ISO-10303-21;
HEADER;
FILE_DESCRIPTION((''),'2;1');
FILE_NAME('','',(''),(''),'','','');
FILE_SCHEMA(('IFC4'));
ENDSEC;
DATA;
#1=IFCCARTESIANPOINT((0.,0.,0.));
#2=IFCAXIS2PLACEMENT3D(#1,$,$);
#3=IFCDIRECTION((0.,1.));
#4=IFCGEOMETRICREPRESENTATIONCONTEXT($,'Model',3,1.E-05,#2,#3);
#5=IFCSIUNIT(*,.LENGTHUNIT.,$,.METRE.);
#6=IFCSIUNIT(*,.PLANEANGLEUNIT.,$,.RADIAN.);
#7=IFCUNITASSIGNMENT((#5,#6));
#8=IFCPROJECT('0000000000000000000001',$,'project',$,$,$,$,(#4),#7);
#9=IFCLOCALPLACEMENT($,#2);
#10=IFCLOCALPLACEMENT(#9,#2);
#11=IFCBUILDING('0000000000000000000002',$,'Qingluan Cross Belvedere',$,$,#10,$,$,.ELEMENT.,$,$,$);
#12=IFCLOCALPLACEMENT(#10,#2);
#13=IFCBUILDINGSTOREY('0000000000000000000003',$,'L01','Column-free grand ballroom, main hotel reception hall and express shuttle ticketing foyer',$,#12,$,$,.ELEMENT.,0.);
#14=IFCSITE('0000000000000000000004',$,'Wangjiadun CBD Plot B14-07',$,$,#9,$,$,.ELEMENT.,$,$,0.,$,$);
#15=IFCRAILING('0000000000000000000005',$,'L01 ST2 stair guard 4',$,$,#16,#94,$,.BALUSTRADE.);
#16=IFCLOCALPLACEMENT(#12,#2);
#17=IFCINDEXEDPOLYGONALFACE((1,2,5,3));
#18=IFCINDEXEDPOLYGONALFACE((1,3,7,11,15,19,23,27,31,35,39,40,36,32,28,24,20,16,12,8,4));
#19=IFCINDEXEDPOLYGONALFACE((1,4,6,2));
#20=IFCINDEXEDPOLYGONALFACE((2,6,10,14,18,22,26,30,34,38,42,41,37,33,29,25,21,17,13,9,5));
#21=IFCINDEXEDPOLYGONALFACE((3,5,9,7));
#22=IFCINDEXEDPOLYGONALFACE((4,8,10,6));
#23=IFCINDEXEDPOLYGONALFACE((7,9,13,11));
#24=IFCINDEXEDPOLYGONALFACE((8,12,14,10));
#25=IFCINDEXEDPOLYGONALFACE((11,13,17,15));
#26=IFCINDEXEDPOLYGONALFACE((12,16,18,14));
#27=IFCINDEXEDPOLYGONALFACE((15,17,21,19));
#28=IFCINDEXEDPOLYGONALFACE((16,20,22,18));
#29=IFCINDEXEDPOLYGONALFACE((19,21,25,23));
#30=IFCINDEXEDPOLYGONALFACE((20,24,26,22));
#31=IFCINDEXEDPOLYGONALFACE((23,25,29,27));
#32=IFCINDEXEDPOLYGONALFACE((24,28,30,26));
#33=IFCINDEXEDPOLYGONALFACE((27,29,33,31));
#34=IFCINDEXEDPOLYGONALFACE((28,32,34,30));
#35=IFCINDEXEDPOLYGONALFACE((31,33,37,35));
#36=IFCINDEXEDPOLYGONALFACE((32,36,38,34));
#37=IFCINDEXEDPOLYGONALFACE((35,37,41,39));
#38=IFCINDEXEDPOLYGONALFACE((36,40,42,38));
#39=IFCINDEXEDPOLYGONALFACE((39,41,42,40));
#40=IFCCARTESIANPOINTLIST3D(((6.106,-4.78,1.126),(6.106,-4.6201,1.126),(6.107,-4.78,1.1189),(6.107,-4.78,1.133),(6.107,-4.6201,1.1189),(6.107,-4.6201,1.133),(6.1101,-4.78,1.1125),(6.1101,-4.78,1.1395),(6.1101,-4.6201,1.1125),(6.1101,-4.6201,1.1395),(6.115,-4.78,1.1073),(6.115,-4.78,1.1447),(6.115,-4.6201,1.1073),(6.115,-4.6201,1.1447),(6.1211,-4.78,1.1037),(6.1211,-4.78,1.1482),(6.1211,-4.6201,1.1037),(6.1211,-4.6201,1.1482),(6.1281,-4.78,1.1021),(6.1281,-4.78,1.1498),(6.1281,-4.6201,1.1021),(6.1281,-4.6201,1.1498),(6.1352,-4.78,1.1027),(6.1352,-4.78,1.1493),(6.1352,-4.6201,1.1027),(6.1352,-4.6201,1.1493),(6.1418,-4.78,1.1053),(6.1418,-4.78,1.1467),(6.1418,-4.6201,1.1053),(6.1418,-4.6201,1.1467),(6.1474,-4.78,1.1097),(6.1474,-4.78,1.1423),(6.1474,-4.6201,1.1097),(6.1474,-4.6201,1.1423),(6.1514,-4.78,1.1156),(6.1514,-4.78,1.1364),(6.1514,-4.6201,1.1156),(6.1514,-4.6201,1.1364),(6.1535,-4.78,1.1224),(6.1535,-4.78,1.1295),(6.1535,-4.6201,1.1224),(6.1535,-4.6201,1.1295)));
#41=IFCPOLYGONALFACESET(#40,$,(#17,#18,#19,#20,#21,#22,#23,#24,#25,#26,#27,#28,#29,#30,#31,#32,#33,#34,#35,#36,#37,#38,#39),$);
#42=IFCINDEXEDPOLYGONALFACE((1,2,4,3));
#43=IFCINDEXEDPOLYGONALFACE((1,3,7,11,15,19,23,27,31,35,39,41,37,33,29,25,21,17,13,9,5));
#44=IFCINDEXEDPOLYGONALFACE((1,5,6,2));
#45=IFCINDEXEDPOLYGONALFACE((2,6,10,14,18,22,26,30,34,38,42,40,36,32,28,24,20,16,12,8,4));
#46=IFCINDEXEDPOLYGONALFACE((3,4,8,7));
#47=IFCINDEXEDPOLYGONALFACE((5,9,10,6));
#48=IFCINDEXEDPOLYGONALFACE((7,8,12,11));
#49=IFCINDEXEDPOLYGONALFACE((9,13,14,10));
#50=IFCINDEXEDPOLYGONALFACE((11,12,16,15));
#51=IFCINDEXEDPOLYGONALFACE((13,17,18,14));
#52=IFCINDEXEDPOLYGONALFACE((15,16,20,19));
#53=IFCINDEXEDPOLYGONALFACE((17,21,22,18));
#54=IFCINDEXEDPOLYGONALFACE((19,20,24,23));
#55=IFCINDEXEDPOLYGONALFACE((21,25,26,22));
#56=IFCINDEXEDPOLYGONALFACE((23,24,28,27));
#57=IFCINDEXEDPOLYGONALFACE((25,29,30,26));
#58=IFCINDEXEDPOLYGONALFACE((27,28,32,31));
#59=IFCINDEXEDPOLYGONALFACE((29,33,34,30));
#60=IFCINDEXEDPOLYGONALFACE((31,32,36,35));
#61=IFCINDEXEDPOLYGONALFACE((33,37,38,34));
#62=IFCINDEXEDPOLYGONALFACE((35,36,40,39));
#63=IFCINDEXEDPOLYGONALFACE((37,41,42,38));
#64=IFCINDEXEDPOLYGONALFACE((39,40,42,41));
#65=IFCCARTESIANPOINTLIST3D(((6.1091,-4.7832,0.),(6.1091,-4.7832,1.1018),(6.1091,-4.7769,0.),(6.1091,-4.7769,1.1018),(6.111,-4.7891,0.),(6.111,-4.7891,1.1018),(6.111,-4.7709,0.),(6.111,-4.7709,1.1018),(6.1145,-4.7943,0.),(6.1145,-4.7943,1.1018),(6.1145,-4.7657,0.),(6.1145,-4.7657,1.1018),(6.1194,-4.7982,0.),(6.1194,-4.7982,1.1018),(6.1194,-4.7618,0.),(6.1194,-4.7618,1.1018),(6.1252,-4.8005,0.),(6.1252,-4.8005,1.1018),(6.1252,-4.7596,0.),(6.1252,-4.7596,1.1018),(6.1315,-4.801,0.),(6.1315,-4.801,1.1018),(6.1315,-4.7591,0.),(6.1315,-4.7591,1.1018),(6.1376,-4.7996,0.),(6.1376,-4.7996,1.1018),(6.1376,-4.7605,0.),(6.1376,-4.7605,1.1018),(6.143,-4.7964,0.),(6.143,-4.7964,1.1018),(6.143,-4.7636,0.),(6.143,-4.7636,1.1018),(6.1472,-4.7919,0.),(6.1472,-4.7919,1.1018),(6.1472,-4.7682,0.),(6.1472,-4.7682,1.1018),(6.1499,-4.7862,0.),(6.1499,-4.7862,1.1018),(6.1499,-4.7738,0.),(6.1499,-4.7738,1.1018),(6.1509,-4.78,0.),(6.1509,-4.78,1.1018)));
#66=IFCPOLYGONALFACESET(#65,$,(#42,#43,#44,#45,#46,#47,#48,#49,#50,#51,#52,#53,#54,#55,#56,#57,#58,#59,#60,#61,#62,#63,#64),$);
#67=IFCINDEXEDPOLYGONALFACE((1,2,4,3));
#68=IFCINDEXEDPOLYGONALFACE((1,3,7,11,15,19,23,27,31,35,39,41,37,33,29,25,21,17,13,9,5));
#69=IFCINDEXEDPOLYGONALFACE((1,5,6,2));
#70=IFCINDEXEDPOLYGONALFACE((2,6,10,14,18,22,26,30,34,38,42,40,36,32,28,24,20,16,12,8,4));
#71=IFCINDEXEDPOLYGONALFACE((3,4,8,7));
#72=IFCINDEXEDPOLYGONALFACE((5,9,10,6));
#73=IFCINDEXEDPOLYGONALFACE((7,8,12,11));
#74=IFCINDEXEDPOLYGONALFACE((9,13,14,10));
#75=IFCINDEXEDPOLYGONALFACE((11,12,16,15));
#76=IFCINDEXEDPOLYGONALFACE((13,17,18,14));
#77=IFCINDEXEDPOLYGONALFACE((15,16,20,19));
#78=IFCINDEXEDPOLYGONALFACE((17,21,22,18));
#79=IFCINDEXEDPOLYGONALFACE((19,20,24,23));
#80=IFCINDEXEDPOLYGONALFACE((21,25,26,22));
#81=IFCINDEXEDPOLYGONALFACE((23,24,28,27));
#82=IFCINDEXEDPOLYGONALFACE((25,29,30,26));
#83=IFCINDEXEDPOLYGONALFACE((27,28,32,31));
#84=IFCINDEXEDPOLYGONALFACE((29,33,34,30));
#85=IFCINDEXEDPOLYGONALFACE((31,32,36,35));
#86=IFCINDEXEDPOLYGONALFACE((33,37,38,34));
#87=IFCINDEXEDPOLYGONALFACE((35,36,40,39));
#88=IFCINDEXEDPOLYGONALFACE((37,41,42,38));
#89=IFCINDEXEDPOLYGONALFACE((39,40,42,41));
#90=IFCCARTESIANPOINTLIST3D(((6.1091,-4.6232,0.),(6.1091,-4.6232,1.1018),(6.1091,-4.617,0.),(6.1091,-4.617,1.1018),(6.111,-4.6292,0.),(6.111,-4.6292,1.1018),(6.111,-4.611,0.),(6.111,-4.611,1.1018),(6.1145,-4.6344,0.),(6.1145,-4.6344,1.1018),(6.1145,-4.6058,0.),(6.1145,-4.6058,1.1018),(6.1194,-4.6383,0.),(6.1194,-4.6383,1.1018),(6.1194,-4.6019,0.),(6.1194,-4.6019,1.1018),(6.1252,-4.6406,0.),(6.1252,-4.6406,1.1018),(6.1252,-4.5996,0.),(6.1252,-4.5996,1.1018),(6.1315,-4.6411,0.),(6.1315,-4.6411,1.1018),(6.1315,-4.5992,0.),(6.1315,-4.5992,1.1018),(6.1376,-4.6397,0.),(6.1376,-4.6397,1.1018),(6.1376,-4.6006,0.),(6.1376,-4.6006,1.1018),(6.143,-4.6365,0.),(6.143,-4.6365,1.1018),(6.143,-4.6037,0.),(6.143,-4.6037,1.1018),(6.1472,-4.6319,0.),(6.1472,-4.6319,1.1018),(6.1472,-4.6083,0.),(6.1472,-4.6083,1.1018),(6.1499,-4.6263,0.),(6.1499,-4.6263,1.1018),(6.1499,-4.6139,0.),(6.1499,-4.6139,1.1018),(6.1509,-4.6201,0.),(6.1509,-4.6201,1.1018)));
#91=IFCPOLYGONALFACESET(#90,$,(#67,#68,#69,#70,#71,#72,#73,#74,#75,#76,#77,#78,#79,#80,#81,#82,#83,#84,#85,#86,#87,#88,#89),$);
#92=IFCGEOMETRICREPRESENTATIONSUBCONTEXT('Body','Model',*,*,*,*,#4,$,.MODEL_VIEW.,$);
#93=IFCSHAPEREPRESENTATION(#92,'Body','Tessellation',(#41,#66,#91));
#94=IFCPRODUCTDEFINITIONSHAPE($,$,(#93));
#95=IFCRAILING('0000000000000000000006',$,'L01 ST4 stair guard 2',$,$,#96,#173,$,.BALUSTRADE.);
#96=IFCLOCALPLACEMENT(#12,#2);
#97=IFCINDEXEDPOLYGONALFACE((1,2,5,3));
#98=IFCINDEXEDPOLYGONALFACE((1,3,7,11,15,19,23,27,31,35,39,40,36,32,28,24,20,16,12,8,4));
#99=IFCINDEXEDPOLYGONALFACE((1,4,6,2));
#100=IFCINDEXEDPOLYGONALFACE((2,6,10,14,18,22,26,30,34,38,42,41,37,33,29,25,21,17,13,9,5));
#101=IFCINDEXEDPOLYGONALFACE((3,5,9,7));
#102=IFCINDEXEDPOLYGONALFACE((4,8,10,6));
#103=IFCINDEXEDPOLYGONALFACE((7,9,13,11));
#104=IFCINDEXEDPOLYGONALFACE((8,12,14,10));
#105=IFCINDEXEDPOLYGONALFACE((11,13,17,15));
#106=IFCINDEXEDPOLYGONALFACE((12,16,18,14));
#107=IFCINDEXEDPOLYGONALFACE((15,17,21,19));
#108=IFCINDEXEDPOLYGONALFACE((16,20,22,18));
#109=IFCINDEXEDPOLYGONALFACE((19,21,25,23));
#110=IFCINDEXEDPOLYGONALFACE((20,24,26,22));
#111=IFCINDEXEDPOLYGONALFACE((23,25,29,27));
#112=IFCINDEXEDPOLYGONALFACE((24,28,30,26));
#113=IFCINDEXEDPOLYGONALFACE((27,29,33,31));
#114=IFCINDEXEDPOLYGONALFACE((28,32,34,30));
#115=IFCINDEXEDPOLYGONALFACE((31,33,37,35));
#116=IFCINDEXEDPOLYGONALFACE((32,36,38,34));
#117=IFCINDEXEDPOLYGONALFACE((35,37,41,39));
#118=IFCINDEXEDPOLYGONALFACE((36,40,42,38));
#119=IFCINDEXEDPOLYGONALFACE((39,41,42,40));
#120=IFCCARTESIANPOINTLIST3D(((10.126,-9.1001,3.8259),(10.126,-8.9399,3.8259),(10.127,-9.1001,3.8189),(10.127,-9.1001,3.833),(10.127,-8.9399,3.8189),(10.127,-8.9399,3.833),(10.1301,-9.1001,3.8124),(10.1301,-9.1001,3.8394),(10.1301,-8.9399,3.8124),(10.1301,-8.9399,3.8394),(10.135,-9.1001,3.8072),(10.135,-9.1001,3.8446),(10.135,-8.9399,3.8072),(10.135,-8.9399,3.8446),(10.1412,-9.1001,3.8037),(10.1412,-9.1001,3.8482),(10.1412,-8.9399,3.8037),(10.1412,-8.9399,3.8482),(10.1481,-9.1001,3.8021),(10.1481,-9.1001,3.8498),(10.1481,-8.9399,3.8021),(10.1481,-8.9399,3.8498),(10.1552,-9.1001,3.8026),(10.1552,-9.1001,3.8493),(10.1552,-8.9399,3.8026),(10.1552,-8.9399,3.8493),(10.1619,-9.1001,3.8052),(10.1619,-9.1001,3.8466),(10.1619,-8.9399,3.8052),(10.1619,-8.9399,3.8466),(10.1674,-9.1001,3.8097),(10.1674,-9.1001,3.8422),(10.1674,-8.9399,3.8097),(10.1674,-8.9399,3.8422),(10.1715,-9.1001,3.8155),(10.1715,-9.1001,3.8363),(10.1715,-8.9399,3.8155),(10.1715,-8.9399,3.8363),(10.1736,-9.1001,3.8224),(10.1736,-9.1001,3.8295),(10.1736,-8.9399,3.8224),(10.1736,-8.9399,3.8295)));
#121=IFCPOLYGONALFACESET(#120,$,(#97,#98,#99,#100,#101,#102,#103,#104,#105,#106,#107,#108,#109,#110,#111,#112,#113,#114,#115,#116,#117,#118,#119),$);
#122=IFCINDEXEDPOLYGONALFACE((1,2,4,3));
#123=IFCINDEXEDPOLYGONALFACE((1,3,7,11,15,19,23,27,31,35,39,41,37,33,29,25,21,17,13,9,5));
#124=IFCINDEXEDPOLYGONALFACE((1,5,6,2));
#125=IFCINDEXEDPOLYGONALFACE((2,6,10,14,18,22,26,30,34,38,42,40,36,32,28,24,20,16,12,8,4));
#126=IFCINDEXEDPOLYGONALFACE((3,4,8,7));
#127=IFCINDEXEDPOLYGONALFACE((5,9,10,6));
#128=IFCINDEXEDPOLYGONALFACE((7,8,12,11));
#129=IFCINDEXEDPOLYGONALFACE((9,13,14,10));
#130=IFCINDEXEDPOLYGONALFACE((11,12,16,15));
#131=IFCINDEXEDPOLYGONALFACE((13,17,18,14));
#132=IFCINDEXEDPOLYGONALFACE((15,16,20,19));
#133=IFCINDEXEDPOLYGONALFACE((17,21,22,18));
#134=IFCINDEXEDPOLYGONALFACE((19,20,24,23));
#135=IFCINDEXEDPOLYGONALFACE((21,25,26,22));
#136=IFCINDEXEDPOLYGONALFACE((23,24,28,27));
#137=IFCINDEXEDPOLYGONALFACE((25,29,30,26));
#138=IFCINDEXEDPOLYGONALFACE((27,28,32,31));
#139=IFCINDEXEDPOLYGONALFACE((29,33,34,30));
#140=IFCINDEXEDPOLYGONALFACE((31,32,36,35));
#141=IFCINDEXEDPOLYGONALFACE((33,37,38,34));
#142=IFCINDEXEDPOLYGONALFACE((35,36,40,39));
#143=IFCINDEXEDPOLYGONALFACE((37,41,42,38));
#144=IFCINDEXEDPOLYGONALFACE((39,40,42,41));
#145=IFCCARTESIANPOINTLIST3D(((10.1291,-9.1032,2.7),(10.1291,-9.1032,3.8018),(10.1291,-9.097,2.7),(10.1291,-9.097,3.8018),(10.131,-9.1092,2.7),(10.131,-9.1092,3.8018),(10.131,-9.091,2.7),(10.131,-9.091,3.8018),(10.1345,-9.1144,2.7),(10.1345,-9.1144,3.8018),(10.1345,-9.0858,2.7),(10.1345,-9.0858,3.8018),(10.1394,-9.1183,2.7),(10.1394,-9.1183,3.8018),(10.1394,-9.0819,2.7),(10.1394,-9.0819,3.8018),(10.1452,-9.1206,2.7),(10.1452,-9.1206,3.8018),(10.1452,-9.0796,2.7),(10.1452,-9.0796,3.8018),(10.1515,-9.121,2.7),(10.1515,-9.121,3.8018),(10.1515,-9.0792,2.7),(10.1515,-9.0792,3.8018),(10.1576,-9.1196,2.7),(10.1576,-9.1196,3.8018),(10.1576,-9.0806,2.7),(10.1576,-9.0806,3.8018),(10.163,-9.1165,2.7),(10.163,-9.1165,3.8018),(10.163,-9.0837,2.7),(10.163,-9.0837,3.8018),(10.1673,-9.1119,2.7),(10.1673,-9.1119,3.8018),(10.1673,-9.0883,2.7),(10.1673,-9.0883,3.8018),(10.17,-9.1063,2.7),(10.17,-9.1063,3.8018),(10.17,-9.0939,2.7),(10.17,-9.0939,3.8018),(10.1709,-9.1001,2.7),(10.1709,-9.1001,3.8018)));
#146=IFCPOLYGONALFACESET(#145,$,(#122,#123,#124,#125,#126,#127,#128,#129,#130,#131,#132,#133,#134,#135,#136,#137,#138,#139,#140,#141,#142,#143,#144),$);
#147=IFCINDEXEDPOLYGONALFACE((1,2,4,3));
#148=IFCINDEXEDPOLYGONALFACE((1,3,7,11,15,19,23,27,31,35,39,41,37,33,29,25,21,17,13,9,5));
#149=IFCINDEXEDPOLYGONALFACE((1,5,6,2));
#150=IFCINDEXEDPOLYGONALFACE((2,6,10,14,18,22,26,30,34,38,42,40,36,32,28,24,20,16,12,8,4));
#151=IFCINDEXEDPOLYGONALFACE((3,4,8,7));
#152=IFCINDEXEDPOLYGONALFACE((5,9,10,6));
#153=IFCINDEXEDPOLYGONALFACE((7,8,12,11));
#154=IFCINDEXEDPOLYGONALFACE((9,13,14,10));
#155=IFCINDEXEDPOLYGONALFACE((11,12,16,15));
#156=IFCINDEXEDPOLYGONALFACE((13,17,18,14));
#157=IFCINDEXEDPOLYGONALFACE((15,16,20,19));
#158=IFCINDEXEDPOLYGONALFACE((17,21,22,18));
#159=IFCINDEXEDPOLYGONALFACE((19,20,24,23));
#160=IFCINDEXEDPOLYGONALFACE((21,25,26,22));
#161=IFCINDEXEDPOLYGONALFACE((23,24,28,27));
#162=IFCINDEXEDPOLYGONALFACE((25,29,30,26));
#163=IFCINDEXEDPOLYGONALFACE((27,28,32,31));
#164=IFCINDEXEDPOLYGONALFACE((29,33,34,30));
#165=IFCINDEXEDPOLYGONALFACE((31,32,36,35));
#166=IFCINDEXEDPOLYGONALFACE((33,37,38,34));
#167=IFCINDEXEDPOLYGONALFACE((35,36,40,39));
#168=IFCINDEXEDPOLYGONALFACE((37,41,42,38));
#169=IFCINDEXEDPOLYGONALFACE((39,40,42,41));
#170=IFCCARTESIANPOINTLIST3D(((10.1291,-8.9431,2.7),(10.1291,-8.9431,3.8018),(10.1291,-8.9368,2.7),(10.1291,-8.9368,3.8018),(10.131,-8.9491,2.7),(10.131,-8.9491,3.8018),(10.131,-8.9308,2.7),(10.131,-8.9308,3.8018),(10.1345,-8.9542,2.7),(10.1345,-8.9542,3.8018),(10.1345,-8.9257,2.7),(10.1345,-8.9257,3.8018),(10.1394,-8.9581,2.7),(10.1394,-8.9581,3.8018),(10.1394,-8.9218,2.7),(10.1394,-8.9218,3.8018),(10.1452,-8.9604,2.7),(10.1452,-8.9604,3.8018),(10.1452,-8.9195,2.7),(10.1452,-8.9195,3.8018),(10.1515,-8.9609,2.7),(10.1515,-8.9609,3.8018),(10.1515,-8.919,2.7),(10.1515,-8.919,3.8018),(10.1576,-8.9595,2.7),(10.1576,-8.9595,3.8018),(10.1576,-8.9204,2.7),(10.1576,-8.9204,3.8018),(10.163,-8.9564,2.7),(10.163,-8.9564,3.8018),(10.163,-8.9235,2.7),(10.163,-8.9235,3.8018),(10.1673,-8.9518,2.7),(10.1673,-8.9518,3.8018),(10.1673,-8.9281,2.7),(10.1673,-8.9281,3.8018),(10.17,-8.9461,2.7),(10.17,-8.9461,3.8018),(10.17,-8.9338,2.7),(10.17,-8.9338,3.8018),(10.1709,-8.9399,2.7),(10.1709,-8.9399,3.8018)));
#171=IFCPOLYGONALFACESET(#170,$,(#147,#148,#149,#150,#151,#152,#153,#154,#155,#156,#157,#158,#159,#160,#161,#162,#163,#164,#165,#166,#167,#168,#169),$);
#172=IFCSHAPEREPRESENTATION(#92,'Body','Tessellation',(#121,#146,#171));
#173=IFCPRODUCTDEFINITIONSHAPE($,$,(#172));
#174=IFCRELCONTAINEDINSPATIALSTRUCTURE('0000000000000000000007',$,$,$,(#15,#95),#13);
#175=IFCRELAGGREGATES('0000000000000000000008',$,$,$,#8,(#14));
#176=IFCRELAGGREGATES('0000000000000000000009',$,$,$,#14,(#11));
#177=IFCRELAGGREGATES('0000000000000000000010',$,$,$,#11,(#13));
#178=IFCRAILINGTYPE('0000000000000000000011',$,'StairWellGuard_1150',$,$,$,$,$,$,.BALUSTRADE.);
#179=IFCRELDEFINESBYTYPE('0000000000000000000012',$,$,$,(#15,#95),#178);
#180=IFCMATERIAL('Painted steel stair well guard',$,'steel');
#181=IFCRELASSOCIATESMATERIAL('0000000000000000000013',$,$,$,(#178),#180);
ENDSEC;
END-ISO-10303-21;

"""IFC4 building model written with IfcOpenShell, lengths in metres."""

from ifc_helpers import new_model, si_unit, direction, frame, origin, origin_2d, place, context, subcontext, project, spatial, circle, extrude, material, type_object, element, save


model = new_model("IFC4")

# Units and contexts
model_context = context("Model", 3, precision=1e-05, world=origin(), true_north=direction((0.0, 1.0)))
body_context = subcontext(model_context, "Body", "Model", "MODEL_VIEW")
ifc_project = project(units=[si_unit("LENGTHUNIT", "METRE"), si_unit("PLANEANGLEUNIT", "RADIAN")], contexts=[model_context])

# Site, building, storey
site_placement = place(None, origin())
site = spatial("IfcSite", under=ifc_project, at=site_placement, Name="Wangjiadun CBD Plot B14-07", CompositionType="ELEMENT", RefElevation=0.0)
building_placement = place(site_placement, origin())
building = spatial("IfcBuilding", under=site, at=building_placement, Name="Qingluan Cross Belvedere", CompositionType="ELEMENT")
storey_placement = place(building_placement, origin())
storey = spatial("IfcBuildingStorey", under=building, at=storey_placement, Name="L01", Description="Column-free grand ballroom, main hotel reception hall and express shuttle ticketing foyer", CompositionType="ELEMENT", Elevation=0.0)

# Railings
ifc_material_1 = material(Name="Painted steel stair well guard", Category="steel")
railing_type_1 = type_object("IfcRailingType", Name="StairWellGuard_1150", PredefinedType="BALUSTRADE", material=ifc_material_1)
railing_1_placement = place(storey_placement, frame((6.1299, -4.78, 0.0)))
element("IfcRailing", 1, at=railing_1_placement, inside=storey, type_object=railing_type_1, Name="L01 ST2 stair guard 4", PredefinedType="BALUSTRADE", context=body_context, shape_type="SweptSolid", body=[
    extrude(circle(Radius=0.0239, at=origin_2d()), frame((0.0, 0.0, 1.126), z_axis=(0.0, 1.0, 0.0), x_axis=(-1.0, 0.0, 0.0)), (0.0, 0.0, 1.0), 0.1599),
    extrude(circle(Radius=0.021, at=origin_2d()), origin(), (0.0, 0.0, 1.0), 1.1018),
    extrude(circle(Radius=0.021, at=origin_2d()), frame((0.0, 0.1599, 0.0)), (0.0, 0.0, 1.0), 1.1018),
])
railing_2_placement = place(storey_placement, frame((10.1499, -9.1001, 2.7)))
element("IfcRailing", 2, at=railing_2_placement, inside=storey, type_object=railing_type_1, Name="L01 ST4 stair guard 2", PredefinedType="BALUSTRADE", context=body_context, shape_type="SweptSolid", body=[
    extrude(circle(Radius=0.0239, at=origin_2d()), frame((0.0, 0.0, 1.126), z_axis=(0.0, 1.0, 0.0), x_axis=(-1.0, 0.0, 0.0)), (0.0, 0.0, 1.0), 0.1602),
    extrude(circle(Radius=0.021, at=origin_2d()), origin(), (0.0, 0.0, 1.0), 1.1018),
    extrude(circle(Radius=0.021, at=origin_2d()), frame((0.0, 0.1602, 0.0)), (0.0, 0.0, 1.0), 1.1018),
])

save(model, "model.ifc")
